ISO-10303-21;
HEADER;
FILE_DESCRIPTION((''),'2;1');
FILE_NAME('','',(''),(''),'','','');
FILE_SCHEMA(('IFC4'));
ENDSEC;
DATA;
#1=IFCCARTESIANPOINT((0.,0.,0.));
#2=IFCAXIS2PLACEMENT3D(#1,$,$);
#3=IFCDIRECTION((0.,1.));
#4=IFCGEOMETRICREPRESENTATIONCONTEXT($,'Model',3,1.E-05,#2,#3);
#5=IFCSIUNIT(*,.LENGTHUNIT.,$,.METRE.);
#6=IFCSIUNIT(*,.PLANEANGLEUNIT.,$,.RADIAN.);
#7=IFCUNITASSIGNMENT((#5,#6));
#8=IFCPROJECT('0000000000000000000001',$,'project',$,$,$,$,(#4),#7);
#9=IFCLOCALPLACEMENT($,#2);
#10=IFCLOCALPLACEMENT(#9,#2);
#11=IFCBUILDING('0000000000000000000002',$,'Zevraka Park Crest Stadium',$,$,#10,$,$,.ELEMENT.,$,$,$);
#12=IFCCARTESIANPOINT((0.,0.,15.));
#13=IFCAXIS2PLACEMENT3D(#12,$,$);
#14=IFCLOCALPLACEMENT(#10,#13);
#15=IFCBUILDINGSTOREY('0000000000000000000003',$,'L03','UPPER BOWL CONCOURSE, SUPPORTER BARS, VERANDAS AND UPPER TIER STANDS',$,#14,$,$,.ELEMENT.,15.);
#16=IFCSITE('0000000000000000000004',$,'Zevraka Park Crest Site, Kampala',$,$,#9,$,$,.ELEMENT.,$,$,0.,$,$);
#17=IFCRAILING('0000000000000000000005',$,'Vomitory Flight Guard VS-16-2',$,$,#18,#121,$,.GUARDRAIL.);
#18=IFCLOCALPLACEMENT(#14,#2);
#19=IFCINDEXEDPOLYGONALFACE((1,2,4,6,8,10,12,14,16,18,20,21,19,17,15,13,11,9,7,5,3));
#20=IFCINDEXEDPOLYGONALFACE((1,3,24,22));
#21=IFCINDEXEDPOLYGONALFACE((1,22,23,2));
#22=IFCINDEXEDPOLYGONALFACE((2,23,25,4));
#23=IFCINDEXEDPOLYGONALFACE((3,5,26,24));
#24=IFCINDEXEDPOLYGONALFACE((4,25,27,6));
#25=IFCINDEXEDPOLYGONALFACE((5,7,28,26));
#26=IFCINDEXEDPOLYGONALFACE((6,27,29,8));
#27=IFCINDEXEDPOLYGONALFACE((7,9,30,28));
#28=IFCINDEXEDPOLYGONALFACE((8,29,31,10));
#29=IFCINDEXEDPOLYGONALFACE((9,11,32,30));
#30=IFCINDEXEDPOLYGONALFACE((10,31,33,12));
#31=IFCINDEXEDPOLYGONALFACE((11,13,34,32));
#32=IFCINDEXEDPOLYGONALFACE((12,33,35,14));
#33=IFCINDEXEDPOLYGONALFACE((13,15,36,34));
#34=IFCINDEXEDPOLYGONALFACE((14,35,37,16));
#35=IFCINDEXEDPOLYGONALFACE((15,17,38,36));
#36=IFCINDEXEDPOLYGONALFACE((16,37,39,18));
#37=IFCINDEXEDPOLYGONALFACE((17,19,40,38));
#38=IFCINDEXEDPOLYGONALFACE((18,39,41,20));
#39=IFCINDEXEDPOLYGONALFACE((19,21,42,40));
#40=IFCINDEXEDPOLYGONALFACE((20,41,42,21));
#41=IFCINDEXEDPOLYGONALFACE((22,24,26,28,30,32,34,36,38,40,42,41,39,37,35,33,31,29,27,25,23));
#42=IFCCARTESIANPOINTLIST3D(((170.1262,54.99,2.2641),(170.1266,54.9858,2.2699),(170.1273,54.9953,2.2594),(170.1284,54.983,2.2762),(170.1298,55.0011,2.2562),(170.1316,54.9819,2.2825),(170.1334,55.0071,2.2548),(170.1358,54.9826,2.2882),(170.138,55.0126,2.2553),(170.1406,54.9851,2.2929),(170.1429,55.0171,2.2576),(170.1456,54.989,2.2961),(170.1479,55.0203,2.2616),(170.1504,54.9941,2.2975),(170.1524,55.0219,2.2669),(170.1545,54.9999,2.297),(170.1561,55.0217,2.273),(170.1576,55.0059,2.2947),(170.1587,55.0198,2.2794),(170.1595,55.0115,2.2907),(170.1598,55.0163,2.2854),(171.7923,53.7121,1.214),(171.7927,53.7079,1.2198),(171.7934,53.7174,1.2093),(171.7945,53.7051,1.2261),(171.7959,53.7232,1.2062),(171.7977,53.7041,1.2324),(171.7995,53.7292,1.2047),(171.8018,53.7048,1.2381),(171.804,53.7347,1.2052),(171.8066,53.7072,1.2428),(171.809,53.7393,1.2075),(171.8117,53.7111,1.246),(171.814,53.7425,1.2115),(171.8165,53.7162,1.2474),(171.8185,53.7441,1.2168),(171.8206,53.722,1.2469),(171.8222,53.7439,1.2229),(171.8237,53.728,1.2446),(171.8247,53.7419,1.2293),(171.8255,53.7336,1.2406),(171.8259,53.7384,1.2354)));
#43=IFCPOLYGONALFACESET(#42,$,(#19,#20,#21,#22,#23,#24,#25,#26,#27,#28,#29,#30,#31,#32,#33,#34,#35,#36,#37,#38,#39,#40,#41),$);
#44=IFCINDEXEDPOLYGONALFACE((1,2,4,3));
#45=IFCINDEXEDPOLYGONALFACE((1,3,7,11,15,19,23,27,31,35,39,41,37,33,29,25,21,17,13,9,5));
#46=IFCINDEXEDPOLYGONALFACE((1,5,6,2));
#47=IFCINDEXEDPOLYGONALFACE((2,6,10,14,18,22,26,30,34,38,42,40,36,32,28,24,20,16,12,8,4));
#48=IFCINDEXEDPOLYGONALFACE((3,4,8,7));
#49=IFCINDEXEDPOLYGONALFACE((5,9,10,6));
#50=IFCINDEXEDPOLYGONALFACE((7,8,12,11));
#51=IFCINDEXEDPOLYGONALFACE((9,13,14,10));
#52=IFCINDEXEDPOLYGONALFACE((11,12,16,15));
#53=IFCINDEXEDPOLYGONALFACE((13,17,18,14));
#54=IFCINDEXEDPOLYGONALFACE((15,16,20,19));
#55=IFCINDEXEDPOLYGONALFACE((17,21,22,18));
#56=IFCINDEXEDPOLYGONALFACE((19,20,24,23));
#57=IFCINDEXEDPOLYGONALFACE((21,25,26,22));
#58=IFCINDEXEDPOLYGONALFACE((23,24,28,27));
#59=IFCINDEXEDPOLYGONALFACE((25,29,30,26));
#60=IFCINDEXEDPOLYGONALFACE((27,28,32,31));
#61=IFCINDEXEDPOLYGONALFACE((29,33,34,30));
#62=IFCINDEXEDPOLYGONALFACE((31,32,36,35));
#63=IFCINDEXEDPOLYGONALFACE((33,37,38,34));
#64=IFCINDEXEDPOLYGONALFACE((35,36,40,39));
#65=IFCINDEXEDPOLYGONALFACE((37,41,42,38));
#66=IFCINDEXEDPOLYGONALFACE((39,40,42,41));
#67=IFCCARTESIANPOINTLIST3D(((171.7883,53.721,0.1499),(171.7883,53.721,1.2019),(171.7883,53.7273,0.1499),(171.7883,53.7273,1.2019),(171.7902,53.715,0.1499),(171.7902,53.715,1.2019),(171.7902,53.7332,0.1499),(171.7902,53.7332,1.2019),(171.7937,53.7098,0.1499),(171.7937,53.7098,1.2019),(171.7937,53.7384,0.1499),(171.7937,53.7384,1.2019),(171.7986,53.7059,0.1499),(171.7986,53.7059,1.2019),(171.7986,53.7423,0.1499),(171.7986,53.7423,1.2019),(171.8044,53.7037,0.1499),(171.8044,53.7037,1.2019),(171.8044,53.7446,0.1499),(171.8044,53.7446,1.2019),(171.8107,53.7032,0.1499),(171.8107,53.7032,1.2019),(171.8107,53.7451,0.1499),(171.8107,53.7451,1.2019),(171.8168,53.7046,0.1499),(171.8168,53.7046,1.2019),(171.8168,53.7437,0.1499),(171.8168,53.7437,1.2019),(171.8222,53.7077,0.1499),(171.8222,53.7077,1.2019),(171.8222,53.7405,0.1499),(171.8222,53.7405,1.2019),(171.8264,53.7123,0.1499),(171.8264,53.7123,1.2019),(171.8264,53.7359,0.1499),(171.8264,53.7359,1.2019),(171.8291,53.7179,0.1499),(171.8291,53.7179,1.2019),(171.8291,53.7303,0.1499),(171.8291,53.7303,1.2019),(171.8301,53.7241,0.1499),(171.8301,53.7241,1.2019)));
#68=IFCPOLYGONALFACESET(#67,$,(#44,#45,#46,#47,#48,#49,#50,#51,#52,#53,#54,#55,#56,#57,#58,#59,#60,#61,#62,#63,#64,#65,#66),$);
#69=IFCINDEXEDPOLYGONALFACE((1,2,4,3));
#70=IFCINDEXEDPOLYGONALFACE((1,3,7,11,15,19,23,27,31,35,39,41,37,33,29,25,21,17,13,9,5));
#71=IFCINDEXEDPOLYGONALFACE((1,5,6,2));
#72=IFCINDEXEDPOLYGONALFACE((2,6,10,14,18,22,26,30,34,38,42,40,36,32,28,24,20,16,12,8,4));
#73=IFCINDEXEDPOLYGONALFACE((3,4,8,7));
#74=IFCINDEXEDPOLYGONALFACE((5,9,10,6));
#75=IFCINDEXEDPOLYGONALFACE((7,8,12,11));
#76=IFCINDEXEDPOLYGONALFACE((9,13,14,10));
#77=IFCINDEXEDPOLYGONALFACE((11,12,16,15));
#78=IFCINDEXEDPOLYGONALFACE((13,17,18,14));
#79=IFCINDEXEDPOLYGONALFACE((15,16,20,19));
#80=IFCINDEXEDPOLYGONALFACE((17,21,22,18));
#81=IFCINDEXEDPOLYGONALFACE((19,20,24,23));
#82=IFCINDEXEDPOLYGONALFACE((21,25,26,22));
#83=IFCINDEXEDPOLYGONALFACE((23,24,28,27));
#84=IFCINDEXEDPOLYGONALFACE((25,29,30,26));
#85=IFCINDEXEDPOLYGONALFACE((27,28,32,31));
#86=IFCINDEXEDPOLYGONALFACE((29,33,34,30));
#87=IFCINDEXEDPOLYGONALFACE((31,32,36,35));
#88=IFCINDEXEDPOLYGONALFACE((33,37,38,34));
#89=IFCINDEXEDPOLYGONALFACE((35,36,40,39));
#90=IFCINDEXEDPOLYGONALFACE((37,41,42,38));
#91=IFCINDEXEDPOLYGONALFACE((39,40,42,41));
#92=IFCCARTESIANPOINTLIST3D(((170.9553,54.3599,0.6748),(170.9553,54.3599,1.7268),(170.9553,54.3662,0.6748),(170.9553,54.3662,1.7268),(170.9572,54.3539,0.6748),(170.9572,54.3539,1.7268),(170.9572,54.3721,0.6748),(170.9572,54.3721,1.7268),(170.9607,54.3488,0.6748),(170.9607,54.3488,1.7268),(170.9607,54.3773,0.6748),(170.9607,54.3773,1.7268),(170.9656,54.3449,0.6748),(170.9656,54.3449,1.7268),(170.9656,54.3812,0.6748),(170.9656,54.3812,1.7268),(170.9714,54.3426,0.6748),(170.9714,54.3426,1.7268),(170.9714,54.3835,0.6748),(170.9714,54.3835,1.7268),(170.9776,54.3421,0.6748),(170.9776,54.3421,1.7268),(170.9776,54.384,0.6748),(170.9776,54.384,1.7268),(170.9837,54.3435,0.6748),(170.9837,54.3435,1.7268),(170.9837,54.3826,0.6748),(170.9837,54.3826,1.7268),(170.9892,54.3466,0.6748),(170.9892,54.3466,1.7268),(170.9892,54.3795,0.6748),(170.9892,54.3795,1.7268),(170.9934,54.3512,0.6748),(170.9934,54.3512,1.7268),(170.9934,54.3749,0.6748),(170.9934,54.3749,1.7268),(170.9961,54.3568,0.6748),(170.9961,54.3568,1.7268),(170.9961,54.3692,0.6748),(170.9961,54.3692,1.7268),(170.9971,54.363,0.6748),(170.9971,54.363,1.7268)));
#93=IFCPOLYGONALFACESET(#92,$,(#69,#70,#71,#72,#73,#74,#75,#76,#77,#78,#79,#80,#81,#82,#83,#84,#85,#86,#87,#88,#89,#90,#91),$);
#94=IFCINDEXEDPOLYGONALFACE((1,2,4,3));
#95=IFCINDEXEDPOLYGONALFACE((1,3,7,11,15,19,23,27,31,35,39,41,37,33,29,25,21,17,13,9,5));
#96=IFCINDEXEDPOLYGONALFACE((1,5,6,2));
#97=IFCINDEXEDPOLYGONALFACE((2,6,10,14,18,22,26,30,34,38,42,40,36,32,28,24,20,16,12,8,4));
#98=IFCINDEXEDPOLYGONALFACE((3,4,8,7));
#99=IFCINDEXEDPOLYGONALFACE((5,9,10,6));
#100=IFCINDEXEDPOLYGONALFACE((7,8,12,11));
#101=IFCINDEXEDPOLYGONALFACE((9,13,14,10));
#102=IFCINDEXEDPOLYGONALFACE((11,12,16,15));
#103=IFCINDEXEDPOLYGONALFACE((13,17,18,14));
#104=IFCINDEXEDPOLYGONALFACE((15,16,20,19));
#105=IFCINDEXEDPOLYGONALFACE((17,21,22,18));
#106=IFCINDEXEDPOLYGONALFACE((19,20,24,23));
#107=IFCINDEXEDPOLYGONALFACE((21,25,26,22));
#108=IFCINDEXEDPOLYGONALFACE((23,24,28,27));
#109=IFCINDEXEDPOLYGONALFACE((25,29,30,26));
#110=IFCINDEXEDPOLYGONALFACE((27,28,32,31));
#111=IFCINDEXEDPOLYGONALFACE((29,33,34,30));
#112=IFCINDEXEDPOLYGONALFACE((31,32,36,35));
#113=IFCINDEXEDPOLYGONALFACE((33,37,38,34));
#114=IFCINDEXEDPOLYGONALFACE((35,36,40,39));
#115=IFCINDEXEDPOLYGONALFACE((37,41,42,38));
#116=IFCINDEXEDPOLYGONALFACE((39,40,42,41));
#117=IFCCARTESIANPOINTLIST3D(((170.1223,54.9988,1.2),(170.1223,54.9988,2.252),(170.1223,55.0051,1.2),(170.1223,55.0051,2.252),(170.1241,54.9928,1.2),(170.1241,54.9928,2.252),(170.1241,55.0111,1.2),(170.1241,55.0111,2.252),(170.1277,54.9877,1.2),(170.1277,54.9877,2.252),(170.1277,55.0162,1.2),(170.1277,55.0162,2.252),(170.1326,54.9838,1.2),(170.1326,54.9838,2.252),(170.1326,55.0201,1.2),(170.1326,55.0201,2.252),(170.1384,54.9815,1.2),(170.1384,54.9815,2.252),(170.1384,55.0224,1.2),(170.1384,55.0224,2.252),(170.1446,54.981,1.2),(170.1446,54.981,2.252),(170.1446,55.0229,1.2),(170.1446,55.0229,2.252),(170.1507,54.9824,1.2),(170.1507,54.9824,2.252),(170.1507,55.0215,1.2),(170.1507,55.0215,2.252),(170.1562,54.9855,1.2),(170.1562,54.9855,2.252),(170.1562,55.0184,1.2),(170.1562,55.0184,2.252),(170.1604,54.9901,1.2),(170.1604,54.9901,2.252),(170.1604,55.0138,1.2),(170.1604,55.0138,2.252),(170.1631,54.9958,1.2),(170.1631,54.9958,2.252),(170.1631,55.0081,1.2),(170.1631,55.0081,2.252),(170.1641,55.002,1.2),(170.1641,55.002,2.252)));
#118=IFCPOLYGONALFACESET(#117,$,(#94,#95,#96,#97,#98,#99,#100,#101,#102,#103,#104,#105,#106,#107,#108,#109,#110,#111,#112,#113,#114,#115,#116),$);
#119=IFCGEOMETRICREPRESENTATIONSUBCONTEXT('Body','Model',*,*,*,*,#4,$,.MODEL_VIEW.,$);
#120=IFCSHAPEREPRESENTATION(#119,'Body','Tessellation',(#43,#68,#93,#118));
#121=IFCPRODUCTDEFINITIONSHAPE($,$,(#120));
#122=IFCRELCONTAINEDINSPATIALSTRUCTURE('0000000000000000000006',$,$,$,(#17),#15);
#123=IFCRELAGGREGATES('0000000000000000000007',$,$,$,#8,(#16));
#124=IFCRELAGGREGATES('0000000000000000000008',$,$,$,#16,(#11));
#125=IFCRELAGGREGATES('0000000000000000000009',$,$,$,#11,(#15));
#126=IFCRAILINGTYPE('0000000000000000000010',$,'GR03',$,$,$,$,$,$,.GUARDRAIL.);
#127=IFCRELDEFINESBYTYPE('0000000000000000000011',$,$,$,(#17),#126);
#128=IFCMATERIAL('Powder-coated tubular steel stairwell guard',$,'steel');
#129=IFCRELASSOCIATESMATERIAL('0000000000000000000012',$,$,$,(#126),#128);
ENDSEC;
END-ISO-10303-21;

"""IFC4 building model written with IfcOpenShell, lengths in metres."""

from ifc_helpers import new_model, si_unit, direction, frame, origin, origin_2d, place, context, subcontext, project, spatial, circle, extrude, material, type_object, element, save


model = new_model("IFC4")

# Units and contexts
model_context = context("Model", 3, precision=1e-05, world=origin(), true_north=direction((0.0, 1.0)))
body_context = subcontext(model_context, "Body", "Model", "MODEL_VIEW")
ifc_project = project(units=[si_unit("LENGTHUNIT", "METRE"), si_unit("PLANEANGLEUNIT", "RADIAN")], contexts=[model_context])

# Site, building, storey
site_placement = place(None, origin())
site = spatial("IfcSite", under=ifc_project, at=site_placement, Name="Zevraka Park Crest Site, Kampala", CompositionType="ELEMENT", RefElevation=0.0)
building_placement = place(site_placement, origin())
building = spatial("IfcBuilding", under=site, at=building_placement, Name="Zevraka Park Crest Stadium", CompositionType="ELEMENT")
storey_placement = place(building_placement, frame((0.0, 0.0, 15.0)))
storey = spatial("IfcBuildingStorey", under=building, at=storey_placement, Name="L03", Description="UPPER BOWL CONCOURSE, SUPPORTER BARS, VERANDAS AND UPPER TIER STANDS", CompositionType="ELEMENT", Elevation=15.0)

# Railing
ifc_material_1 = material(Name="Powder-coated tubular steel stairwell guard", Category="steel")
railing_type_1 = type_object("IfcRailingType", Name="GR03", PredefinedType="GUARDRAIL", material=ifc_material_1)
railing_1_placement = place(storey_placement, frame((171.8091, 53.7241, 0.1499)))
element("IfcRailing", 1, at=railing_1_placement, inside=storey, type_object=railing_type_1, Name="Vomitory Flight Guard VS-16-2", PredefinedType="GUARDRAIL", context=body_context, shape_type="SweptSolid", body=[
    extrude(circle(Radius=0.0239, at=origin_2d()), frame((0.0, 0.0, 1.0762), z_axis=(-0.709678, 0.544322, 0.447293), x_axis=(-0.608598, -0.793479, 0.0)), (0.0, 0.0, 1.0), 2.3477),
    extrude(circle(Radius=0.021, at=origin_2d()), origin(), (0.0, 0.0, 1.0), 1.052),
    extrude(circle(Radius=0.021, at=origin_2d()), frame((-0.833, 0.6389, 0.5249)), (0.0, 0.0, 1.0), 1.052),
    extrude(circle(Radius=0.021, at=origin_2d()), frame((-1.666, 1.2778, 1.05)), (0.0, 0.0, 1.0), 1.052),
])

save(model, "model.ifc")
